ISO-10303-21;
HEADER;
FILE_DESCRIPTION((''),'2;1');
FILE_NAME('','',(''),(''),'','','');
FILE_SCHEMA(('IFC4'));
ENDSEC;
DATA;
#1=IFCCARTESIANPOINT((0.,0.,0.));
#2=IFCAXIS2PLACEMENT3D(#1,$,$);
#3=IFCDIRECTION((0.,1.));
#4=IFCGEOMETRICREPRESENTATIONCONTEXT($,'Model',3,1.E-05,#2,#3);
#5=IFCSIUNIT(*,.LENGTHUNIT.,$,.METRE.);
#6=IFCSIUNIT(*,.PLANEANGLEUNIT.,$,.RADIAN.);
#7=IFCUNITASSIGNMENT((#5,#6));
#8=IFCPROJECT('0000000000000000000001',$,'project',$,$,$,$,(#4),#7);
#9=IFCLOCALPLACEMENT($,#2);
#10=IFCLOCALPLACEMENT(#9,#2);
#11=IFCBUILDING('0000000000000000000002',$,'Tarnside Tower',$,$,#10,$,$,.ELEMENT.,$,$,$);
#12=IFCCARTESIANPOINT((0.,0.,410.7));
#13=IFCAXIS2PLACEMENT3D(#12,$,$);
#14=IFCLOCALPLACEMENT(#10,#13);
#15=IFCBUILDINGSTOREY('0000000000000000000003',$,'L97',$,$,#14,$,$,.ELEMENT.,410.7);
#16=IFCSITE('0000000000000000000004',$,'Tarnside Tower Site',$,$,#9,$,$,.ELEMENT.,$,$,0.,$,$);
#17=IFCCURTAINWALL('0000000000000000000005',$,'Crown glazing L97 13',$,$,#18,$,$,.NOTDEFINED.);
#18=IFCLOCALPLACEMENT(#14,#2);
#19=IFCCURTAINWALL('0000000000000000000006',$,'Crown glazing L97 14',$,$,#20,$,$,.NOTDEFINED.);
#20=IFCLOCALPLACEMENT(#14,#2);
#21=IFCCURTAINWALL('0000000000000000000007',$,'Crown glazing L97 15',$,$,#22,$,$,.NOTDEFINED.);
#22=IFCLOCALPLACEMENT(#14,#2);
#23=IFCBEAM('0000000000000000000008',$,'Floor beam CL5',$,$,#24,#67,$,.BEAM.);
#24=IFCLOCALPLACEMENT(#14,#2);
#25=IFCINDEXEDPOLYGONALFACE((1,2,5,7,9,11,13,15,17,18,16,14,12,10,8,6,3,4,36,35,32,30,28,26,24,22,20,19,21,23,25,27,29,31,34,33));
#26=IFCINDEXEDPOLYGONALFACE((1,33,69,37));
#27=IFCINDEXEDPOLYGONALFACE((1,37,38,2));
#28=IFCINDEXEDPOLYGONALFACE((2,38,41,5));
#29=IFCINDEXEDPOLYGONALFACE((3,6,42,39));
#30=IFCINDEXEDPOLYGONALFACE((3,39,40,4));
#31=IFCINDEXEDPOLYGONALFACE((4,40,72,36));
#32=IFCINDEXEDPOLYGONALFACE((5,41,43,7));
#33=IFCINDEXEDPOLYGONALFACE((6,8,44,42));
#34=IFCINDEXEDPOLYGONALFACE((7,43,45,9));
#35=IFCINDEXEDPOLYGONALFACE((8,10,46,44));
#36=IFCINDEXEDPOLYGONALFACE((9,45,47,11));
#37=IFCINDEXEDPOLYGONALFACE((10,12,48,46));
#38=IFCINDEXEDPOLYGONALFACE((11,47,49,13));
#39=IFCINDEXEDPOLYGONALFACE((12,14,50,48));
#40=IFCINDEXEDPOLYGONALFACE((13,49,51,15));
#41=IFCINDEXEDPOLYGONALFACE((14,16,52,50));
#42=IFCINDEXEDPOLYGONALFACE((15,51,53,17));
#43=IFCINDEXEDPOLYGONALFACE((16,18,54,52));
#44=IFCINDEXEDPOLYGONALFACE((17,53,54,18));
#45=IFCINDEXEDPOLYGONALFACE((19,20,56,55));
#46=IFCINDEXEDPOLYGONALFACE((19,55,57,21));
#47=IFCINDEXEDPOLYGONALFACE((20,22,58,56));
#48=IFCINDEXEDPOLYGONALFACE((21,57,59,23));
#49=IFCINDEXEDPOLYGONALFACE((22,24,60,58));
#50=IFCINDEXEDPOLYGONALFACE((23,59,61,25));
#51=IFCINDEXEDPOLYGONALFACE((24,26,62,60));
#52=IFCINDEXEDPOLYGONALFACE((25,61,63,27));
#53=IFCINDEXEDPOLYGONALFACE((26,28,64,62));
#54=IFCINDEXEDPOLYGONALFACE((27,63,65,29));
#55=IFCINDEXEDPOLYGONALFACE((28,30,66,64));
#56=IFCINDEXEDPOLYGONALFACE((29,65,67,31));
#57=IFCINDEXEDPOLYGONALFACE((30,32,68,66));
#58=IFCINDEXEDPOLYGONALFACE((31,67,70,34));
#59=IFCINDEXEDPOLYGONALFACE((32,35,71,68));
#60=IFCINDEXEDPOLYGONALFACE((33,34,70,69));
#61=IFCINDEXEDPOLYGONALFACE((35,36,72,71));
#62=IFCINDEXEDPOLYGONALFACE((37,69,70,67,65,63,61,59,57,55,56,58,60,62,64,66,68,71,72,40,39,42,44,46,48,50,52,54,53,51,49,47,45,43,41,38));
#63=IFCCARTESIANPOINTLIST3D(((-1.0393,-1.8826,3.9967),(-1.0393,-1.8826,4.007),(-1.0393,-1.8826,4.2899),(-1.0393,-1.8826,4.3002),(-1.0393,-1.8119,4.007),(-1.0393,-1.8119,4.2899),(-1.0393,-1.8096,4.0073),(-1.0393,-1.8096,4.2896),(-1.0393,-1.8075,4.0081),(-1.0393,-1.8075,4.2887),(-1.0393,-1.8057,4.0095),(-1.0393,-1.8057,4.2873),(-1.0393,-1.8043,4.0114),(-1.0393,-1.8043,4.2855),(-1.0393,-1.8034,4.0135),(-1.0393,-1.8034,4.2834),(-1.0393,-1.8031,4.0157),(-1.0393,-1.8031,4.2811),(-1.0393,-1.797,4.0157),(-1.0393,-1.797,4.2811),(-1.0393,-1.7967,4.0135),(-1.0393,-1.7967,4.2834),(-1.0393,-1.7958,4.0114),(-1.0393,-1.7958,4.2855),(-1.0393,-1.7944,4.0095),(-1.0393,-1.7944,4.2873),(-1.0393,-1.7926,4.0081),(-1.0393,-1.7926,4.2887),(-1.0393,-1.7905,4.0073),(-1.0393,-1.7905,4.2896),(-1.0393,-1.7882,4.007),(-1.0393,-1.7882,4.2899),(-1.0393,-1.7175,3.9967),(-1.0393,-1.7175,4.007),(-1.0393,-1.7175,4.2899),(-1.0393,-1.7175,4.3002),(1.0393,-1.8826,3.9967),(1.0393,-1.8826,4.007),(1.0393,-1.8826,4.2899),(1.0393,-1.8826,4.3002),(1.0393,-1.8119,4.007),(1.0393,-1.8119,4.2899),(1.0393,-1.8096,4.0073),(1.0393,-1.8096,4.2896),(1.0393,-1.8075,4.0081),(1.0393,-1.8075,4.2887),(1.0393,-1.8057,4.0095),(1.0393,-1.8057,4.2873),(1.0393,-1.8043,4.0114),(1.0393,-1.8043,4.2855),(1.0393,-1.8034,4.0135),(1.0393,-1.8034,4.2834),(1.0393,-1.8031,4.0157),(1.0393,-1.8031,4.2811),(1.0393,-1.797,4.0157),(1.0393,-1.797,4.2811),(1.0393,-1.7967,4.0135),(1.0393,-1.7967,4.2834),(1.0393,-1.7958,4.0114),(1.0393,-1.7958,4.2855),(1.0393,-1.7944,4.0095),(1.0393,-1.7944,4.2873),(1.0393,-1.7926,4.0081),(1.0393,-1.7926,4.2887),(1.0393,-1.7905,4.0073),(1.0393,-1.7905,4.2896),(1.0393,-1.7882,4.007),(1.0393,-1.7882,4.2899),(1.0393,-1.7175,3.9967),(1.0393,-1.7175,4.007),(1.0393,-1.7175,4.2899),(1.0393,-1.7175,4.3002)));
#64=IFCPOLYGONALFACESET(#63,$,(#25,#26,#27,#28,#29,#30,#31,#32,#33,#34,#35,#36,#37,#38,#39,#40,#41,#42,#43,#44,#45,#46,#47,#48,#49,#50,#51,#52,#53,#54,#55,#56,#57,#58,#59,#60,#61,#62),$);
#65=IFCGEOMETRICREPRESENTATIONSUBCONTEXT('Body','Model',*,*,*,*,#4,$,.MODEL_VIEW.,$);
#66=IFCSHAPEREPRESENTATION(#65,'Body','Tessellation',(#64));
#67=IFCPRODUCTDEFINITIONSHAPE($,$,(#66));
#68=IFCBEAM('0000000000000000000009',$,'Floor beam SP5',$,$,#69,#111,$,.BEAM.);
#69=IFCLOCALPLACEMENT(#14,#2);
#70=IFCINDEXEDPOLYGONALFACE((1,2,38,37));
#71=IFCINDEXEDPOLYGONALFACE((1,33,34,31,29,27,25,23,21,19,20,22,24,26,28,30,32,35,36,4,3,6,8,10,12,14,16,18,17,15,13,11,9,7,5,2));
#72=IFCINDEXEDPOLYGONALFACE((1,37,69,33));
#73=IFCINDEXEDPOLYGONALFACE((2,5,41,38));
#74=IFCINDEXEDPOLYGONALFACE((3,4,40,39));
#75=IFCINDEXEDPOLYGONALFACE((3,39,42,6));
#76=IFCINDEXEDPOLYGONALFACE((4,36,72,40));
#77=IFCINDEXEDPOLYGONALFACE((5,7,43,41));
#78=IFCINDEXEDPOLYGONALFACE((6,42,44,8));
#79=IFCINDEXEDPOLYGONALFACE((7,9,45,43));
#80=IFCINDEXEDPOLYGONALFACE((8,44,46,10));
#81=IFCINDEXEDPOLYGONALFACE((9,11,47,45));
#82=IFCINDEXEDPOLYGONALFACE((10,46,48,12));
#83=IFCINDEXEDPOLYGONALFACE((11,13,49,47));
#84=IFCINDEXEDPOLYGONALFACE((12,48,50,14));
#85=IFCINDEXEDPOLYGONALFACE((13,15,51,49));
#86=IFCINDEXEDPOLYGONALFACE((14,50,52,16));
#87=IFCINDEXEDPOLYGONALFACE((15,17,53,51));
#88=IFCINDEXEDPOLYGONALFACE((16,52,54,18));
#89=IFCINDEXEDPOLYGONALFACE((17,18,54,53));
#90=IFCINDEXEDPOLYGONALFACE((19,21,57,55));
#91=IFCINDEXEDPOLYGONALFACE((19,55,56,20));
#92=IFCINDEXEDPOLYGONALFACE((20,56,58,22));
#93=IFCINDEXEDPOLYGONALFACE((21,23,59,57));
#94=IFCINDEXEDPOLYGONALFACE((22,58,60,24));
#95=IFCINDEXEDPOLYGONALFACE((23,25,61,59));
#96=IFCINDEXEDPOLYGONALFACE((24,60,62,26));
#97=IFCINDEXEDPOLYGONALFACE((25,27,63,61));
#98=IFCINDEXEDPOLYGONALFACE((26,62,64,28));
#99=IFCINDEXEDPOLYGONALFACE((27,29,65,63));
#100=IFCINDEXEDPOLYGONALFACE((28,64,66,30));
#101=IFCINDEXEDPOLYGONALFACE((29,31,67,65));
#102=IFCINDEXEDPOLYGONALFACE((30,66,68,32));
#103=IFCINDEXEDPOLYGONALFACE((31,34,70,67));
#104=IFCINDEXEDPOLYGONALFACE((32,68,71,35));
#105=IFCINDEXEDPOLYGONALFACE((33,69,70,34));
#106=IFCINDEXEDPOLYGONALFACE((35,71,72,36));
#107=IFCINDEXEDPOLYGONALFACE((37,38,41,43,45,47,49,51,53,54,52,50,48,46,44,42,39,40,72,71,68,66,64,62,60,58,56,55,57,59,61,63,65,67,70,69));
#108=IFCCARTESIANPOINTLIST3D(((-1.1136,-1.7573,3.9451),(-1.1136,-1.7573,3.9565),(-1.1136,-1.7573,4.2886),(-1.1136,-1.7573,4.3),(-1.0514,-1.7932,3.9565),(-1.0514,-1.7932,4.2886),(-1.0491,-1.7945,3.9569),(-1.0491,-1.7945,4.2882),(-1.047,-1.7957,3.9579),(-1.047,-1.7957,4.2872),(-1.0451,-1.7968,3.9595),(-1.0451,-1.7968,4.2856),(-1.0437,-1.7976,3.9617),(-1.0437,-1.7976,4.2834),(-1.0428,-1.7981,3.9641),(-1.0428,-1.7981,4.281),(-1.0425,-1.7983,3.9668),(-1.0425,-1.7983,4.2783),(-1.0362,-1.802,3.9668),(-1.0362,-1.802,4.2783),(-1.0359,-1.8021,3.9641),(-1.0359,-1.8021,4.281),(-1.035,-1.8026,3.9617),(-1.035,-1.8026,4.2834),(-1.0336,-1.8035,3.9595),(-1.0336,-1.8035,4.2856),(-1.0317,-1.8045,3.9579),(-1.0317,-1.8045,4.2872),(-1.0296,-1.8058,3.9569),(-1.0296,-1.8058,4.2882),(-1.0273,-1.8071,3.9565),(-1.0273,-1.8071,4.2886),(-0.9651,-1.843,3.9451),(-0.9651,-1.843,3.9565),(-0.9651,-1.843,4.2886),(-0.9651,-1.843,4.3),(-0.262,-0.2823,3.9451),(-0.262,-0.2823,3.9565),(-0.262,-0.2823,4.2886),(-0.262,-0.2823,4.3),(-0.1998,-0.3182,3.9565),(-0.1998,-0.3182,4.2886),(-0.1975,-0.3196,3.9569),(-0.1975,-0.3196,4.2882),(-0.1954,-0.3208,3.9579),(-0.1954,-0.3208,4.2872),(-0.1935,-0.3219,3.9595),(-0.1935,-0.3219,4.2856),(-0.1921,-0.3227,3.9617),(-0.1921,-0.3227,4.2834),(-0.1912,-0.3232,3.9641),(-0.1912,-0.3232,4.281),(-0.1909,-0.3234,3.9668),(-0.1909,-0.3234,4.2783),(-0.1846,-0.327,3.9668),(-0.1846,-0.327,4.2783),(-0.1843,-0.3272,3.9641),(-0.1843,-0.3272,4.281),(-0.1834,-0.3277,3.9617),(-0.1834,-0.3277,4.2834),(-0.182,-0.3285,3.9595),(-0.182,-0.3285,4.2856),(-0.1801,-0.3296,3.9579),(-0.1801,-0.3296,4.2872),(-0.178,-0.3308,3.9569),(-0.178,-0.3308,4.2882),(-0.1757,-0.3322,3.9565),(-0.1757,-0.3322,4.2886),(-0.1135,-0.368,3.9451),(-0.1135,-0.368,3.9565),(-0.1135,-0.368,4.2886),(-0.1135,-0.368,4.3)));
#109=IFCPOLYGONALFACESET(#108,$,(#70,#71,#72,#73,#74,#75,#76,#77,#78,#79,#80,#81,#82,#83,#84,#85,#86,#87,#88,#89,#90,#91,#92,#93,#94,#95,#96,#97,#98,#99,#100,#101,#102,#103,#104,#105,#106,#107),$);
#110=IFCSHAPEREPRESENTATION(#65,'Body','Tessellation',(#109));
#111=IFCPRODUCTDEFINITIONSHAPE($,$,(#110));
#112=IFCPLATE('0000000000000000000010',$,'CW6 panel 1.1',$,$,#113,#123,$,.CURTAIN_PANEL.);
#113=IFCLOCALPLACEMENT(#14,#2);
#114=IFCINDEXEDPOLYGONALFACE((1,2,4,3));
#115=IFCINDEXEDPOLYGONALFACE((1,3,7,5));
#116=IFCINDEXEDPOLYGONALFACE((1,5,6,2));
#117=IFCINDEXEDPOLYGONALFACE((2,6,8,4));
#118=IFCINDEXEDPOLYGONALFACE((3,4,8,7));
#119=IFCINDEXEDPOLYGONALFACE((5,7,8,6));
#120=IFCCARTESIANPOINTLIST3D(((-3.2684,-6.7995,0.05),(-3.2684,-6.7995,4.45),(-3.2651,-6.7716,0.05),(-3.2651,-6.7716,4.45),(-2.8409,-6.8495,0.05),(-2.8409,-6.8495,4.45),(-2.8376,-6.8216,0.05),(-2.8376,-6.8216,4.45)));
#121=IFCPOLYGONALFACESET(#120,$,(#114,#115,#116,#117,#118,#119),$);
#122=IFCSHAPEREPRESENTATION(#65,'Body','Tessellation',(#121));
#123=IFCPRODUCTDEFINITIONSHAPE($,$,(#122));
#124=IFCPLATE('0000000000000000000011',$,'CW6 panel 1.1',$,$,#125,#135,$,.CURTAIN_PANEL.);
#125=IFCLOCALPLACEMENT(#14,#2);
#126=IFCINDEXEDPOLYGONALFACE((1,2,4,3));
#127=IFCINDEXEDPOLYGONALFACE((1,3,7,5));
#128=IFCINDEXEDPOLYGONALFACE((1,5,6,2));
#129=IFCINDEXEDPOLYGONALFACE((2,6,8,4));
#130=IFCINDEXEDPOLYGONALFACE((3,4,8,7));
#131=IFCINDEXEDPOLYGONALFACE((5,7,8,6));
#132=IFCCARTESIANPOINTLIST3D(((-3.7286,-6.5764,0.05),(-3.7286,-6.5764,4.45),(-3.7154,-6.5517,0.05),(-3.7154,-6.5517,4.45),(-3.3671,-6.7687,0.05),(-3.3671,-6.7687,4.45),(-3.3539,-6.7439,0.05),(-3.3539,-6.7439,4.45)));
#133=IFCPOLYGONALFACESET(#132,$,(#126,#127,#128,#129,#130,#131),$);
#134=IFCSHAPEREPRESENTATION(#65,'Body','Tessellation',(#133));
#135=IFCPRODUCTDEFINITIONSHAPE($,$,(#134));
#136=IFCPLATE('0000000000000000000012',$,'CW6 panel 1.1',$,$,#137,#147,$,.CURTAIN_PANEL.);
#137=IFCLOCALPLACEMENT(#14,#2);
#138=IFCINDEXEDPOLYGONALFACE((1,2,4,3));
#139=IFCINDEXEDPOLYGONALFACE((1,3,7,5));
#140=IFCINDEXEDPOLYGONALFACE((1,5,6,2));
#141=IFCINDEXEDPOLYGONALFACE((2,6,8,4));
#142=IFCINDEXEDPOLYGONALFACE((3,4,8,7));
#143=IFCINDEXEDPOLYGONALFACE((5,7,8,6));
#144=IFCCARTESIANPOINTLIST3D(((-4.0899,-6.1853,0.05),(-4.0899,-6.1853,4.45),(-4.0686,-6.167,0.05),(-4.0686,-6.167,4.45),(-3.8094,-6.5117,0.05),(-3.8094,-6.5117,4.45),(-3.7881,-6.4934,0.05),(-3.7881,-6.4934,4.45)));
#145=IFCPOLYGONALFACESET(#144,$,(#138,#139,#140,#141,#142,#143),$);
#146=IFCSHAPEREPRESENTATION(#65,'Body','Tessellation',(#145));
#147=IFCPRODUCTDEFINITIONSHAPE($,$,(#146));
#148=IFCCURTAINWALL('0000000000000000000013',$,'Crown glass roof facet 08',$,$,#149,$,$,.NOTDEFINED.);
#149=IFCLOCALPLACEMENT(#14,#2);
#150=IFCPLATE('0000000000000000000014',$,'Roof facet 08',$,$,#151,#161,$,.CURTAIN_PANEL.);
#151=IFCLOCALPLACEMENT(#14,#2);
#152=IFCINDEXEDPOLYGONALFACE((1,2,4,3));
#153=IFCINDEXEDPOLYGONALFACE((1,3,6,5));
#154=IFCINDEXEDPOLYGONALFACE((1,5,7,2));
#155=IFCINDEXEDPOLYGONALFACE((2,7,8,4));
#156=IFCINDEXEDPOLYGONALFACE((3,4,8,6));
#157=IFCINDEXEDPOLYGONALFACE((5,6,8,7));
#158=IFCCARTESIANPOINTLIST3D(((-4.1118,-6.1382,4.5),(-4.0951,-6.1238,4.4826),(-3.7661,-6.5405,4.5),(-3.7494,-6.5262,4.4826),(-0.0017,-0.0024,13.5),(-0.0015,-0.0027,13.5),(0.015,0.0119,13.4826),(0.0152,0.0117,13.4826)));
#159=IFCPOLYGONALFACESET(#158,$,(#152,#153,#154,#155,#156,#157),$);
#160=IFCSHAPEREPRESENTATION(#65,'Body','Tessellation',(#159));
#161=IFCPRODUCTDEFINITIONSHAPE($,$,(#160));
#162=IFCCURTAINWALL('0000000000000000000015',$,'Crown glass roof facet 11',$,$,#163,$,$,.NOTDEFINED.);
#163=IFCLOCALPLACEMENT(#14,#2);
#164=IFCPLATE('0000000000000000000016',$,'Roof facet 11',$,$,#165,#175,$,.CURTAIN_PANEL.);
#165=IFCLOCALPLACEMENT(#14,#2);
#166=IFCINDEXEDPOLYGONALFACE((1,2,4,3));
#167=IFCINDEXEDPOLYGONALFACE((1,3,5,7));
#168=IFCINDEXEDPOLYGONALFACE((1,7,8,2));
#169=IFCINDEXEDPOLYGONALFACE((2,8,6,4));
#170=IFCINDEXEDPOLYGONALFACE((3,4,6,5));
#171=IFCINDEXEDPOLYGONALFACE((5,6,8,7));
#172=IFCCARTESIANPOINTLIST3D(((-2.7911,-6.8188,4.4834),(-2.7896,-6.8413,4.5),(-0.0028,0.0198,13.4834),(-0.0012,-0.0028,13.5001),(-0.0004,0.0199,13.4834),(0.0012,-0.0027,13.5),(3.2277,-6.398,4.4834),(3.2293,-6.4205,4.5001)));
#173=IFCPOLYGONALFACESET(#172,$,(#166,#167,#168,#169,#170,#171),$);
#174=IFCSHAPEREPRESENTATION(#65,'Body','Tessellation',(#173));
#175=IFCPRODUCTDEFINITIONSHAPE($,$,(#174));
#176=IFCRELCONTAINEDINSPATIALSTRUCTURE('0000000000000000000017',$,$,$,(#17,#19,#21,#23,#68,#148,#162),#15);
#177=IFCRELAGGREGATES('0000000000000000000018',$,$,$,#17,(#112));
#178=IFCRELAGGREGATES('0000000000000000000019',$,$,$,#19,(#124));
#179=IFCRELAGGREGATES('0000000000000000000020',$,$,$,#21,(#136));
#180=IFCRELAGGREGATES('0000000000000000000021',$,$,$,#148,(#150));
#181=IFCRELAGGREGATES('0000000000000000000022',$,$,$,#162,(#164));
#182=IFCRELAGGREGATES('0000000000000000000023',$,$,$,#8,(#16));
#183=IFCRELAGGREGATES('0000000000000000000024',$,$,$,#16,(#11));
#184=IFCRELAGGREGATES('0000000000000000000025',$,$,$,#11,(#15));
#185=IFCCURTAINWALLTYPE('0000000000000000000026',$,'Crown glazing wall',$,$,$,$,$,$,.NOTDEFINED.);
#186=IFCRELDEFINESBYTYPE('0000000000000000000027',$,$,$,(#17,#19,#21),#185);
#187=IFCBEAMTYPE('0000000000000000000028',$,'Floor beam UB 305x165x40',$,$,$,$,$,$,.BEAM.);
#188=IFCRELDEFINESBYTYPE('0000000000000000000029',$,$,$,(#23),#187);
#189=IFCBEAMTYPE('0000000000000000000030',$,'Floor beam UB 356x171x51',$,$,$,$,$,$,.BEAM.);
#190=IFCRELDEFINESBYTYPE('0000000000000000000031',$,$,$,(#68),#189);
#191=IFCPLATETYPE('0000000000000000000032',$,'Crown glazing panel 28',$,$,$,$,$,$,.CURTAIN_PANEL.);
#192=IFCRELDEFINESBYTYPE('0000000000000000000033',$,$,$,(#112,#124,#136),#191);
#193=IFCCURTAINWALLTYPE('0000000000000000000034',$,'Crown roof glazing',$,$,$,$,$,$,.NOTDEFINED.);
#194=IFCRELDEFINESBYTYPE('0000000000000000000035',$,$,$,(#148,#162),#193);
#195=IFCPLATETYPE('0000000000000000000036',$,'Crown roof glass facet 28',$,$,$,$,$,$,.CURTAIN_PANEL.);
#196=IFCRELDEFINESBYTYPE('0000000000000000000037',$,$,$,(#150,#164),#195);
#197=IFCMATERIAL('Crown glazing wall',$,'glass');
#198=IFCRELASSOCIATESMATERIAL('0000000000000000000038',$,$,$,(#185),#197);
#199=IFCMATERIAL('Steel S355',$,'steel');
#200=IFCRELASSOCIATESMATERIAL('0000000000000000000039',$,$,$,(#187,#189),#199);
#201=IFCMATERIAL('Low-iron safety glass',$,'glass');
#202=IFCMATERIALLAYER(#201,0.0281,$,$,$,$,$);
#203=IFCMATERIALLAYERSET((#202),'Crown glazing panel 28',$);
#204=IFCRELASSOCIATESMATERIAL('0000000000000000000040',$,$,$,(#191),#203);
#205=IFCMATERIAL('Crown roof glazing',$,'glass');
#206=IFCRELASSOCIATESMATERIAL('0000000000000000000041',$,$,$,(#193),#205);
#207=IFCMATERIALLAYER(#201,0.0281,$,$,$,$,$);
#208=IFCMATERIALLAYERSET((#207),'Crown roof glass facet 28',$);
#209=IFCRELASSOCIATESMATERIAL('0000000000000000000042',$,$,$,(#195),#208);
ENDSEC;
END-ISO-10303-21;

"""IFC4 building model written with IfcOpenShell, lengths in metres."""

from ifc_helpers import new_model, si_unit, direction, frame, origin, origin_2d, place, context, subcontext, project, spatial, polyline, rectangle, i_section, outline, extrude, material, layer, layer_set, material_profile, profile_set, type_object, element, aggregate, save


model = new_model("IFC4")

# Units and contexts
model_context = context("Model", 3, precision=1e-05, world=origin(), true_north=direction((0.0, 1.0)))
body_context = subcontext(model_context, "Body", "Model", "MODEL_VIEW")
ifc_project = project(units=[si_unit("LENGTHUNIT", "METRE"), si_unit("PLANEANGLEUNIT", "RADIAN")], contexts=[model_context])

# Site, building, storey
site_placement = place(None, origin())
site = spatial("IfcSite", under=ifc_project, at=site_placement, Name="Tarnside Tower Site", CompositionType="ELEMENT", RefElevation=0.0)
building_placement = place(site_placement, origin())
building = spatial("IfcBuilding", under=site, at=building_placement, Name="Tarnside Tower", CompositionType="ELEMENT")
storey_placement = place(building_placement, frame((0.0, 0.0, 410.7)))
storey = spatial("IfcBuildingStorey", under=building, at=storey_placement, Name="L97", CompositionType="ELEMENT", Elevation=410.7)

# Shared definitions
ifc_material_1 = material(Name="Crown glazing wall", Category="glass")
curtain_wall_type_1 = type_object("IfcCurtainWallType", Name="Crown glazing wall", PredefinedType="NOTDEFINED", material=ifc_material_1)

# Curtain walls
curtain_wall_1_placement = place(storey_placement, origin())
curtain_wall_1 = element("IfcCurtainWall", 1, at=curtain_wall_1_placement, inside=storey, type_object=curtain_wall_type_1, Name="Crown glazing L97 13", PredefinedType="NOTDEFINED")
curtain_wall_2_placement = place(storey_placement, origin())
curtain_wall_2 = element("IfcCurtainWall", 2, at=curtain_wall_2_placement, inside=storey, type_object=curtain_wall_type_1, Name="Crown glazing L97 14", PredefinedType="NOTDEFINED")
curtain_wall_3_placement = place(storey_placement, origin())
curtain_wall_3 = element("IfcCurtainWall", 3, at=curtain_wall_3_placement, inside=storey, type_object=curtain_wall_type_1, Name="Crown glazing L97 15", PredefinedType="NOTDEFINED")

# Shared definitions
ifc_material_2 = material(Name="Steel S355", Category="steel")

# Beams
ifc_material_profile_1 = material_profile(ifc_material_2, i_section(OverallWidth=0.165, OverallDepth=0.3035, WebThickness=0.0061, FlangeThickness=0.0103, FilletRadius=0.0088, at=origin_2d()), Name="UB 305x165x40")
ifc_profile_set_1 = profile_set([ifc_material_profile_1], Name="Steel S355")
beam_type_1 = type_object("IfcBeamType", Name="Floor beam UB 305x165x40", PredefinedType="BEAM", material=ifc_profile_set_1)
beam_1_placement = place(storey_placement, frame((-1.0393, -1.8, 4.1484), z_axis=(1.0, 0.0, 0.0), x_axis=(0.0, 1.0, 0.0)))
element("IfcBeam", 4, at=beam_1_placement, inside=storey, type_object=beam_type_1, Name="Floor beam CL5", PredefinedType="BEAM", context=body_context, shape_type="SweptSolid", body=[
    extrude(i_section(OverallWidth=0.165, OverallDepth=0.3035, WebThickness=0.0061, FlangeThickness=0.0103, FilletRadius=0.0088, at=origin_2d()), origin(), (0.0, 0.0, 1.0), 2.0786),
])
ifc_material_profile_2 = material_profile(ifc_material_2, i_section(OverallWidth=0.1714, OverallDepth=0.355, WebThickness=0.0073, FlangeThickness=0.0115, FilletRadius=0.0103, at=origin_2d()), Name="UB 356x171x51")
ifc_profile_set_2 = profile_set([ifc_material_profile_2], Name="Steel S355")
beam_type_2 = type_object("IfcBeamType", Name="Floor beam UB 356x171x51", PredefinedType="BEAM", material=ifc_profile_set_2)
beam_2_placement = place(storey_placement, frame((-0.1877, -0.3252, 4.1226), z_axis=(-0.500024, -0.866011, 0.0), x_axis=(0.866011, -0.500024, 0.0)))
element("IfcBeam", 5, at=beam_2_placement, inside=storey, type_object=beam_type_2, Name="Floor beam SP5", PredefinedType="BEAM", context=body_context, shape_type="SweptSolid", body=[
    extrude(i_section(OverallWidth=0.1714, OverallDepth=0.355, WebThickness=0.0073, FlangeThickness=0.0115, FilletRadius=0.0103, at=origin_2d()), origin(), (0.0, 0.0, 1.0), 1.7031),
])

# Plates
ifc_material_3 = material(Name="Low-iron safety glass", Category="glass")
ifc_layer_1 = layer(ifc_material_3, 0.0281)
ifc_layer_set_1 = layer_set([ifc_layer_1], Name="Crown glazing panel 28")
plate_type_1 = type_object("IfcPlateType", Name="Crown glazing panel 28", PredefinedType="CURTAIN_PANEL", material=ifc_layer_set_1)
plate_1_placement = place(storey_placement, frame((-3.053, -6.8105, 0.05), z_axis=(0.0, 0.0, 1.0), x_axis=(-0.993238, 0.116093, 0.0)))
plate_1 = element("IfcPlate", 6, at=plate_1_placement, type_object=plate_type_1, Name="CW6 panel 1.1", PredefinedType="CURTAIN_PANEL", context=body_context, shape_type="SweptSolid", body=[
    extrude(rectangle(XDim=0.4304, YDim=0.0281, at=origin_2d()), origin(), (0.0, 0.0, 1.0), 4.3999),
])
aggregate(curtain_wall_1, [plate_1])
plate_2_placement = place(storey_placement, frame((-3.5413, -6.6602, 0.05), z_axis=(0.0, 0.0, 1.0), x_axis=(-0.882948, 0.469472, 0.0)))
plate_2 = element("IfcPlate", 7, at=plate_2_placement, type_object=plate_type_1, Name="CW6 panel 1.1", PredefinedType="CURTAIN_PANEL", context=body_context, shape_type="SweptSolid", body=[
    extrude(rectangle(XDim=0.4094, YDim=0.0281, at=origin_2d()), origin(), (0.0, 0.0, 1.0), 4.3999),
])
aggregate(curtain_wall_2, [plate_2])
plate_3_placement = place(storey_placement, frame((-3.939, -6.3394, 0.05), z_axis=(0.0, 0.0, 1.0), x_axis=(-0.651657, 0.758514, 0.0)))
plate_3 = element("IfcPlate", 8, at=plate_3_placement, type_object=plate_type_1, Name="CW6 panel 1.1", PredefinedType="CURTAIN_PANEL", context=body_context, shape_type="SweptSolid", body=[
    extrude(rectangle(XDim=0.4304, YDim=0.0281, at=origin_2d()), origin(), (0.0, 0.0, 1.0), 4.3999),
])
aggregate(curtain_wall_3, [plate_3])

# Curtain walls, plates
ifc_material_4 = material(Name="Crown roof glazing", Category="glass")
curtain_wall_type_2 = type_object("IfcCurtainWallType", Name="Crown roof glazing", PredefinedType="NOTDEFINED", material=ifc_material_4)
curtain_wall_4_placement = place(storey_placement, origin())
curtain_wall_4 = element("IfcCurtainWall", 9, at=curtain_wall_4_placement, inside=storey, type_object=curtain_wall_type_2, Name="Crown glass roof facet 08", PredefinedType="NOTDEFINED")
ifc_layer_2 = layer(ifc_material_3, 0.0281)
ifc_layer_set_2 = layer_set([ifc_layer_2], Name="Crown roof glass facet 28")
plate_type_2 = type_object("IfcPlateType", Name="Crown roof glass facet 28", PredefinedType="CURTAIN_PANEL", material=ifc_layer_set_2)
plate_4_placement = place(storey_placement, frame((-4.1118, -6.1382, 4.5), z_axis=(-0.594938, -0.511235, 0.620232), x_axis=(0.651723, -0.758457, -0.000024)))
plate_4 = element("IfcPlate", 10, at=plate_4_placement, type_object=plate_type_2, Name="Roof facet 08", PredefinedType="CURTAIN_PANEL", context=body_context, shape_type="SweptSolid", body=[
    extrude(outline(polyline([(0.0, 0.0), (0.5305, 0.0), (-1.9749, 11.4734), (-1.9753, 11.4734), (0.0, 0.0)])), origin(), (0.0, 0.0, -1.0), 0.0281),
])
aggregate(curtain_wall_4, [plate_4])
curtain_wall_5_placement = place(storey_placement, origin())
curtain_wall_5 = element("IfcCurtainWall", 11, at=curtain_wall_5_placement, inside=storey, type_object=curtain_wall_type_2, Name="Crown glass roof facet 11", PredefinedType="NOTDEFINED")
plate_5_placement = place(storey_placement, frame((-2.7896, -6.8413, 4.5), z_axis=(0.056151, -0.803276, 0.592955), x_axis=(0.997565, 0.069742, 0.000013)))
plate_5 = element("IfcPlate", 12, at=plate_5_placement, type_object=plate_type_2, Name="Roof facet 11", PredefinedType="CURTAIN_PANEL", context=body_context, shape_type="SweptSolid", body=[
    extrude(outline(polyline([(0.0, 0.0), (6.0335, 0.0), (3.261, 11.1768), (3.2586, 11.1769), (0.0, 0.0)])), origin(), (0.0, 0.0, -1.0), 0.0281),
])
aggregate(curtain_wall_5, [plate_5])

save(model, "model.ifc")
